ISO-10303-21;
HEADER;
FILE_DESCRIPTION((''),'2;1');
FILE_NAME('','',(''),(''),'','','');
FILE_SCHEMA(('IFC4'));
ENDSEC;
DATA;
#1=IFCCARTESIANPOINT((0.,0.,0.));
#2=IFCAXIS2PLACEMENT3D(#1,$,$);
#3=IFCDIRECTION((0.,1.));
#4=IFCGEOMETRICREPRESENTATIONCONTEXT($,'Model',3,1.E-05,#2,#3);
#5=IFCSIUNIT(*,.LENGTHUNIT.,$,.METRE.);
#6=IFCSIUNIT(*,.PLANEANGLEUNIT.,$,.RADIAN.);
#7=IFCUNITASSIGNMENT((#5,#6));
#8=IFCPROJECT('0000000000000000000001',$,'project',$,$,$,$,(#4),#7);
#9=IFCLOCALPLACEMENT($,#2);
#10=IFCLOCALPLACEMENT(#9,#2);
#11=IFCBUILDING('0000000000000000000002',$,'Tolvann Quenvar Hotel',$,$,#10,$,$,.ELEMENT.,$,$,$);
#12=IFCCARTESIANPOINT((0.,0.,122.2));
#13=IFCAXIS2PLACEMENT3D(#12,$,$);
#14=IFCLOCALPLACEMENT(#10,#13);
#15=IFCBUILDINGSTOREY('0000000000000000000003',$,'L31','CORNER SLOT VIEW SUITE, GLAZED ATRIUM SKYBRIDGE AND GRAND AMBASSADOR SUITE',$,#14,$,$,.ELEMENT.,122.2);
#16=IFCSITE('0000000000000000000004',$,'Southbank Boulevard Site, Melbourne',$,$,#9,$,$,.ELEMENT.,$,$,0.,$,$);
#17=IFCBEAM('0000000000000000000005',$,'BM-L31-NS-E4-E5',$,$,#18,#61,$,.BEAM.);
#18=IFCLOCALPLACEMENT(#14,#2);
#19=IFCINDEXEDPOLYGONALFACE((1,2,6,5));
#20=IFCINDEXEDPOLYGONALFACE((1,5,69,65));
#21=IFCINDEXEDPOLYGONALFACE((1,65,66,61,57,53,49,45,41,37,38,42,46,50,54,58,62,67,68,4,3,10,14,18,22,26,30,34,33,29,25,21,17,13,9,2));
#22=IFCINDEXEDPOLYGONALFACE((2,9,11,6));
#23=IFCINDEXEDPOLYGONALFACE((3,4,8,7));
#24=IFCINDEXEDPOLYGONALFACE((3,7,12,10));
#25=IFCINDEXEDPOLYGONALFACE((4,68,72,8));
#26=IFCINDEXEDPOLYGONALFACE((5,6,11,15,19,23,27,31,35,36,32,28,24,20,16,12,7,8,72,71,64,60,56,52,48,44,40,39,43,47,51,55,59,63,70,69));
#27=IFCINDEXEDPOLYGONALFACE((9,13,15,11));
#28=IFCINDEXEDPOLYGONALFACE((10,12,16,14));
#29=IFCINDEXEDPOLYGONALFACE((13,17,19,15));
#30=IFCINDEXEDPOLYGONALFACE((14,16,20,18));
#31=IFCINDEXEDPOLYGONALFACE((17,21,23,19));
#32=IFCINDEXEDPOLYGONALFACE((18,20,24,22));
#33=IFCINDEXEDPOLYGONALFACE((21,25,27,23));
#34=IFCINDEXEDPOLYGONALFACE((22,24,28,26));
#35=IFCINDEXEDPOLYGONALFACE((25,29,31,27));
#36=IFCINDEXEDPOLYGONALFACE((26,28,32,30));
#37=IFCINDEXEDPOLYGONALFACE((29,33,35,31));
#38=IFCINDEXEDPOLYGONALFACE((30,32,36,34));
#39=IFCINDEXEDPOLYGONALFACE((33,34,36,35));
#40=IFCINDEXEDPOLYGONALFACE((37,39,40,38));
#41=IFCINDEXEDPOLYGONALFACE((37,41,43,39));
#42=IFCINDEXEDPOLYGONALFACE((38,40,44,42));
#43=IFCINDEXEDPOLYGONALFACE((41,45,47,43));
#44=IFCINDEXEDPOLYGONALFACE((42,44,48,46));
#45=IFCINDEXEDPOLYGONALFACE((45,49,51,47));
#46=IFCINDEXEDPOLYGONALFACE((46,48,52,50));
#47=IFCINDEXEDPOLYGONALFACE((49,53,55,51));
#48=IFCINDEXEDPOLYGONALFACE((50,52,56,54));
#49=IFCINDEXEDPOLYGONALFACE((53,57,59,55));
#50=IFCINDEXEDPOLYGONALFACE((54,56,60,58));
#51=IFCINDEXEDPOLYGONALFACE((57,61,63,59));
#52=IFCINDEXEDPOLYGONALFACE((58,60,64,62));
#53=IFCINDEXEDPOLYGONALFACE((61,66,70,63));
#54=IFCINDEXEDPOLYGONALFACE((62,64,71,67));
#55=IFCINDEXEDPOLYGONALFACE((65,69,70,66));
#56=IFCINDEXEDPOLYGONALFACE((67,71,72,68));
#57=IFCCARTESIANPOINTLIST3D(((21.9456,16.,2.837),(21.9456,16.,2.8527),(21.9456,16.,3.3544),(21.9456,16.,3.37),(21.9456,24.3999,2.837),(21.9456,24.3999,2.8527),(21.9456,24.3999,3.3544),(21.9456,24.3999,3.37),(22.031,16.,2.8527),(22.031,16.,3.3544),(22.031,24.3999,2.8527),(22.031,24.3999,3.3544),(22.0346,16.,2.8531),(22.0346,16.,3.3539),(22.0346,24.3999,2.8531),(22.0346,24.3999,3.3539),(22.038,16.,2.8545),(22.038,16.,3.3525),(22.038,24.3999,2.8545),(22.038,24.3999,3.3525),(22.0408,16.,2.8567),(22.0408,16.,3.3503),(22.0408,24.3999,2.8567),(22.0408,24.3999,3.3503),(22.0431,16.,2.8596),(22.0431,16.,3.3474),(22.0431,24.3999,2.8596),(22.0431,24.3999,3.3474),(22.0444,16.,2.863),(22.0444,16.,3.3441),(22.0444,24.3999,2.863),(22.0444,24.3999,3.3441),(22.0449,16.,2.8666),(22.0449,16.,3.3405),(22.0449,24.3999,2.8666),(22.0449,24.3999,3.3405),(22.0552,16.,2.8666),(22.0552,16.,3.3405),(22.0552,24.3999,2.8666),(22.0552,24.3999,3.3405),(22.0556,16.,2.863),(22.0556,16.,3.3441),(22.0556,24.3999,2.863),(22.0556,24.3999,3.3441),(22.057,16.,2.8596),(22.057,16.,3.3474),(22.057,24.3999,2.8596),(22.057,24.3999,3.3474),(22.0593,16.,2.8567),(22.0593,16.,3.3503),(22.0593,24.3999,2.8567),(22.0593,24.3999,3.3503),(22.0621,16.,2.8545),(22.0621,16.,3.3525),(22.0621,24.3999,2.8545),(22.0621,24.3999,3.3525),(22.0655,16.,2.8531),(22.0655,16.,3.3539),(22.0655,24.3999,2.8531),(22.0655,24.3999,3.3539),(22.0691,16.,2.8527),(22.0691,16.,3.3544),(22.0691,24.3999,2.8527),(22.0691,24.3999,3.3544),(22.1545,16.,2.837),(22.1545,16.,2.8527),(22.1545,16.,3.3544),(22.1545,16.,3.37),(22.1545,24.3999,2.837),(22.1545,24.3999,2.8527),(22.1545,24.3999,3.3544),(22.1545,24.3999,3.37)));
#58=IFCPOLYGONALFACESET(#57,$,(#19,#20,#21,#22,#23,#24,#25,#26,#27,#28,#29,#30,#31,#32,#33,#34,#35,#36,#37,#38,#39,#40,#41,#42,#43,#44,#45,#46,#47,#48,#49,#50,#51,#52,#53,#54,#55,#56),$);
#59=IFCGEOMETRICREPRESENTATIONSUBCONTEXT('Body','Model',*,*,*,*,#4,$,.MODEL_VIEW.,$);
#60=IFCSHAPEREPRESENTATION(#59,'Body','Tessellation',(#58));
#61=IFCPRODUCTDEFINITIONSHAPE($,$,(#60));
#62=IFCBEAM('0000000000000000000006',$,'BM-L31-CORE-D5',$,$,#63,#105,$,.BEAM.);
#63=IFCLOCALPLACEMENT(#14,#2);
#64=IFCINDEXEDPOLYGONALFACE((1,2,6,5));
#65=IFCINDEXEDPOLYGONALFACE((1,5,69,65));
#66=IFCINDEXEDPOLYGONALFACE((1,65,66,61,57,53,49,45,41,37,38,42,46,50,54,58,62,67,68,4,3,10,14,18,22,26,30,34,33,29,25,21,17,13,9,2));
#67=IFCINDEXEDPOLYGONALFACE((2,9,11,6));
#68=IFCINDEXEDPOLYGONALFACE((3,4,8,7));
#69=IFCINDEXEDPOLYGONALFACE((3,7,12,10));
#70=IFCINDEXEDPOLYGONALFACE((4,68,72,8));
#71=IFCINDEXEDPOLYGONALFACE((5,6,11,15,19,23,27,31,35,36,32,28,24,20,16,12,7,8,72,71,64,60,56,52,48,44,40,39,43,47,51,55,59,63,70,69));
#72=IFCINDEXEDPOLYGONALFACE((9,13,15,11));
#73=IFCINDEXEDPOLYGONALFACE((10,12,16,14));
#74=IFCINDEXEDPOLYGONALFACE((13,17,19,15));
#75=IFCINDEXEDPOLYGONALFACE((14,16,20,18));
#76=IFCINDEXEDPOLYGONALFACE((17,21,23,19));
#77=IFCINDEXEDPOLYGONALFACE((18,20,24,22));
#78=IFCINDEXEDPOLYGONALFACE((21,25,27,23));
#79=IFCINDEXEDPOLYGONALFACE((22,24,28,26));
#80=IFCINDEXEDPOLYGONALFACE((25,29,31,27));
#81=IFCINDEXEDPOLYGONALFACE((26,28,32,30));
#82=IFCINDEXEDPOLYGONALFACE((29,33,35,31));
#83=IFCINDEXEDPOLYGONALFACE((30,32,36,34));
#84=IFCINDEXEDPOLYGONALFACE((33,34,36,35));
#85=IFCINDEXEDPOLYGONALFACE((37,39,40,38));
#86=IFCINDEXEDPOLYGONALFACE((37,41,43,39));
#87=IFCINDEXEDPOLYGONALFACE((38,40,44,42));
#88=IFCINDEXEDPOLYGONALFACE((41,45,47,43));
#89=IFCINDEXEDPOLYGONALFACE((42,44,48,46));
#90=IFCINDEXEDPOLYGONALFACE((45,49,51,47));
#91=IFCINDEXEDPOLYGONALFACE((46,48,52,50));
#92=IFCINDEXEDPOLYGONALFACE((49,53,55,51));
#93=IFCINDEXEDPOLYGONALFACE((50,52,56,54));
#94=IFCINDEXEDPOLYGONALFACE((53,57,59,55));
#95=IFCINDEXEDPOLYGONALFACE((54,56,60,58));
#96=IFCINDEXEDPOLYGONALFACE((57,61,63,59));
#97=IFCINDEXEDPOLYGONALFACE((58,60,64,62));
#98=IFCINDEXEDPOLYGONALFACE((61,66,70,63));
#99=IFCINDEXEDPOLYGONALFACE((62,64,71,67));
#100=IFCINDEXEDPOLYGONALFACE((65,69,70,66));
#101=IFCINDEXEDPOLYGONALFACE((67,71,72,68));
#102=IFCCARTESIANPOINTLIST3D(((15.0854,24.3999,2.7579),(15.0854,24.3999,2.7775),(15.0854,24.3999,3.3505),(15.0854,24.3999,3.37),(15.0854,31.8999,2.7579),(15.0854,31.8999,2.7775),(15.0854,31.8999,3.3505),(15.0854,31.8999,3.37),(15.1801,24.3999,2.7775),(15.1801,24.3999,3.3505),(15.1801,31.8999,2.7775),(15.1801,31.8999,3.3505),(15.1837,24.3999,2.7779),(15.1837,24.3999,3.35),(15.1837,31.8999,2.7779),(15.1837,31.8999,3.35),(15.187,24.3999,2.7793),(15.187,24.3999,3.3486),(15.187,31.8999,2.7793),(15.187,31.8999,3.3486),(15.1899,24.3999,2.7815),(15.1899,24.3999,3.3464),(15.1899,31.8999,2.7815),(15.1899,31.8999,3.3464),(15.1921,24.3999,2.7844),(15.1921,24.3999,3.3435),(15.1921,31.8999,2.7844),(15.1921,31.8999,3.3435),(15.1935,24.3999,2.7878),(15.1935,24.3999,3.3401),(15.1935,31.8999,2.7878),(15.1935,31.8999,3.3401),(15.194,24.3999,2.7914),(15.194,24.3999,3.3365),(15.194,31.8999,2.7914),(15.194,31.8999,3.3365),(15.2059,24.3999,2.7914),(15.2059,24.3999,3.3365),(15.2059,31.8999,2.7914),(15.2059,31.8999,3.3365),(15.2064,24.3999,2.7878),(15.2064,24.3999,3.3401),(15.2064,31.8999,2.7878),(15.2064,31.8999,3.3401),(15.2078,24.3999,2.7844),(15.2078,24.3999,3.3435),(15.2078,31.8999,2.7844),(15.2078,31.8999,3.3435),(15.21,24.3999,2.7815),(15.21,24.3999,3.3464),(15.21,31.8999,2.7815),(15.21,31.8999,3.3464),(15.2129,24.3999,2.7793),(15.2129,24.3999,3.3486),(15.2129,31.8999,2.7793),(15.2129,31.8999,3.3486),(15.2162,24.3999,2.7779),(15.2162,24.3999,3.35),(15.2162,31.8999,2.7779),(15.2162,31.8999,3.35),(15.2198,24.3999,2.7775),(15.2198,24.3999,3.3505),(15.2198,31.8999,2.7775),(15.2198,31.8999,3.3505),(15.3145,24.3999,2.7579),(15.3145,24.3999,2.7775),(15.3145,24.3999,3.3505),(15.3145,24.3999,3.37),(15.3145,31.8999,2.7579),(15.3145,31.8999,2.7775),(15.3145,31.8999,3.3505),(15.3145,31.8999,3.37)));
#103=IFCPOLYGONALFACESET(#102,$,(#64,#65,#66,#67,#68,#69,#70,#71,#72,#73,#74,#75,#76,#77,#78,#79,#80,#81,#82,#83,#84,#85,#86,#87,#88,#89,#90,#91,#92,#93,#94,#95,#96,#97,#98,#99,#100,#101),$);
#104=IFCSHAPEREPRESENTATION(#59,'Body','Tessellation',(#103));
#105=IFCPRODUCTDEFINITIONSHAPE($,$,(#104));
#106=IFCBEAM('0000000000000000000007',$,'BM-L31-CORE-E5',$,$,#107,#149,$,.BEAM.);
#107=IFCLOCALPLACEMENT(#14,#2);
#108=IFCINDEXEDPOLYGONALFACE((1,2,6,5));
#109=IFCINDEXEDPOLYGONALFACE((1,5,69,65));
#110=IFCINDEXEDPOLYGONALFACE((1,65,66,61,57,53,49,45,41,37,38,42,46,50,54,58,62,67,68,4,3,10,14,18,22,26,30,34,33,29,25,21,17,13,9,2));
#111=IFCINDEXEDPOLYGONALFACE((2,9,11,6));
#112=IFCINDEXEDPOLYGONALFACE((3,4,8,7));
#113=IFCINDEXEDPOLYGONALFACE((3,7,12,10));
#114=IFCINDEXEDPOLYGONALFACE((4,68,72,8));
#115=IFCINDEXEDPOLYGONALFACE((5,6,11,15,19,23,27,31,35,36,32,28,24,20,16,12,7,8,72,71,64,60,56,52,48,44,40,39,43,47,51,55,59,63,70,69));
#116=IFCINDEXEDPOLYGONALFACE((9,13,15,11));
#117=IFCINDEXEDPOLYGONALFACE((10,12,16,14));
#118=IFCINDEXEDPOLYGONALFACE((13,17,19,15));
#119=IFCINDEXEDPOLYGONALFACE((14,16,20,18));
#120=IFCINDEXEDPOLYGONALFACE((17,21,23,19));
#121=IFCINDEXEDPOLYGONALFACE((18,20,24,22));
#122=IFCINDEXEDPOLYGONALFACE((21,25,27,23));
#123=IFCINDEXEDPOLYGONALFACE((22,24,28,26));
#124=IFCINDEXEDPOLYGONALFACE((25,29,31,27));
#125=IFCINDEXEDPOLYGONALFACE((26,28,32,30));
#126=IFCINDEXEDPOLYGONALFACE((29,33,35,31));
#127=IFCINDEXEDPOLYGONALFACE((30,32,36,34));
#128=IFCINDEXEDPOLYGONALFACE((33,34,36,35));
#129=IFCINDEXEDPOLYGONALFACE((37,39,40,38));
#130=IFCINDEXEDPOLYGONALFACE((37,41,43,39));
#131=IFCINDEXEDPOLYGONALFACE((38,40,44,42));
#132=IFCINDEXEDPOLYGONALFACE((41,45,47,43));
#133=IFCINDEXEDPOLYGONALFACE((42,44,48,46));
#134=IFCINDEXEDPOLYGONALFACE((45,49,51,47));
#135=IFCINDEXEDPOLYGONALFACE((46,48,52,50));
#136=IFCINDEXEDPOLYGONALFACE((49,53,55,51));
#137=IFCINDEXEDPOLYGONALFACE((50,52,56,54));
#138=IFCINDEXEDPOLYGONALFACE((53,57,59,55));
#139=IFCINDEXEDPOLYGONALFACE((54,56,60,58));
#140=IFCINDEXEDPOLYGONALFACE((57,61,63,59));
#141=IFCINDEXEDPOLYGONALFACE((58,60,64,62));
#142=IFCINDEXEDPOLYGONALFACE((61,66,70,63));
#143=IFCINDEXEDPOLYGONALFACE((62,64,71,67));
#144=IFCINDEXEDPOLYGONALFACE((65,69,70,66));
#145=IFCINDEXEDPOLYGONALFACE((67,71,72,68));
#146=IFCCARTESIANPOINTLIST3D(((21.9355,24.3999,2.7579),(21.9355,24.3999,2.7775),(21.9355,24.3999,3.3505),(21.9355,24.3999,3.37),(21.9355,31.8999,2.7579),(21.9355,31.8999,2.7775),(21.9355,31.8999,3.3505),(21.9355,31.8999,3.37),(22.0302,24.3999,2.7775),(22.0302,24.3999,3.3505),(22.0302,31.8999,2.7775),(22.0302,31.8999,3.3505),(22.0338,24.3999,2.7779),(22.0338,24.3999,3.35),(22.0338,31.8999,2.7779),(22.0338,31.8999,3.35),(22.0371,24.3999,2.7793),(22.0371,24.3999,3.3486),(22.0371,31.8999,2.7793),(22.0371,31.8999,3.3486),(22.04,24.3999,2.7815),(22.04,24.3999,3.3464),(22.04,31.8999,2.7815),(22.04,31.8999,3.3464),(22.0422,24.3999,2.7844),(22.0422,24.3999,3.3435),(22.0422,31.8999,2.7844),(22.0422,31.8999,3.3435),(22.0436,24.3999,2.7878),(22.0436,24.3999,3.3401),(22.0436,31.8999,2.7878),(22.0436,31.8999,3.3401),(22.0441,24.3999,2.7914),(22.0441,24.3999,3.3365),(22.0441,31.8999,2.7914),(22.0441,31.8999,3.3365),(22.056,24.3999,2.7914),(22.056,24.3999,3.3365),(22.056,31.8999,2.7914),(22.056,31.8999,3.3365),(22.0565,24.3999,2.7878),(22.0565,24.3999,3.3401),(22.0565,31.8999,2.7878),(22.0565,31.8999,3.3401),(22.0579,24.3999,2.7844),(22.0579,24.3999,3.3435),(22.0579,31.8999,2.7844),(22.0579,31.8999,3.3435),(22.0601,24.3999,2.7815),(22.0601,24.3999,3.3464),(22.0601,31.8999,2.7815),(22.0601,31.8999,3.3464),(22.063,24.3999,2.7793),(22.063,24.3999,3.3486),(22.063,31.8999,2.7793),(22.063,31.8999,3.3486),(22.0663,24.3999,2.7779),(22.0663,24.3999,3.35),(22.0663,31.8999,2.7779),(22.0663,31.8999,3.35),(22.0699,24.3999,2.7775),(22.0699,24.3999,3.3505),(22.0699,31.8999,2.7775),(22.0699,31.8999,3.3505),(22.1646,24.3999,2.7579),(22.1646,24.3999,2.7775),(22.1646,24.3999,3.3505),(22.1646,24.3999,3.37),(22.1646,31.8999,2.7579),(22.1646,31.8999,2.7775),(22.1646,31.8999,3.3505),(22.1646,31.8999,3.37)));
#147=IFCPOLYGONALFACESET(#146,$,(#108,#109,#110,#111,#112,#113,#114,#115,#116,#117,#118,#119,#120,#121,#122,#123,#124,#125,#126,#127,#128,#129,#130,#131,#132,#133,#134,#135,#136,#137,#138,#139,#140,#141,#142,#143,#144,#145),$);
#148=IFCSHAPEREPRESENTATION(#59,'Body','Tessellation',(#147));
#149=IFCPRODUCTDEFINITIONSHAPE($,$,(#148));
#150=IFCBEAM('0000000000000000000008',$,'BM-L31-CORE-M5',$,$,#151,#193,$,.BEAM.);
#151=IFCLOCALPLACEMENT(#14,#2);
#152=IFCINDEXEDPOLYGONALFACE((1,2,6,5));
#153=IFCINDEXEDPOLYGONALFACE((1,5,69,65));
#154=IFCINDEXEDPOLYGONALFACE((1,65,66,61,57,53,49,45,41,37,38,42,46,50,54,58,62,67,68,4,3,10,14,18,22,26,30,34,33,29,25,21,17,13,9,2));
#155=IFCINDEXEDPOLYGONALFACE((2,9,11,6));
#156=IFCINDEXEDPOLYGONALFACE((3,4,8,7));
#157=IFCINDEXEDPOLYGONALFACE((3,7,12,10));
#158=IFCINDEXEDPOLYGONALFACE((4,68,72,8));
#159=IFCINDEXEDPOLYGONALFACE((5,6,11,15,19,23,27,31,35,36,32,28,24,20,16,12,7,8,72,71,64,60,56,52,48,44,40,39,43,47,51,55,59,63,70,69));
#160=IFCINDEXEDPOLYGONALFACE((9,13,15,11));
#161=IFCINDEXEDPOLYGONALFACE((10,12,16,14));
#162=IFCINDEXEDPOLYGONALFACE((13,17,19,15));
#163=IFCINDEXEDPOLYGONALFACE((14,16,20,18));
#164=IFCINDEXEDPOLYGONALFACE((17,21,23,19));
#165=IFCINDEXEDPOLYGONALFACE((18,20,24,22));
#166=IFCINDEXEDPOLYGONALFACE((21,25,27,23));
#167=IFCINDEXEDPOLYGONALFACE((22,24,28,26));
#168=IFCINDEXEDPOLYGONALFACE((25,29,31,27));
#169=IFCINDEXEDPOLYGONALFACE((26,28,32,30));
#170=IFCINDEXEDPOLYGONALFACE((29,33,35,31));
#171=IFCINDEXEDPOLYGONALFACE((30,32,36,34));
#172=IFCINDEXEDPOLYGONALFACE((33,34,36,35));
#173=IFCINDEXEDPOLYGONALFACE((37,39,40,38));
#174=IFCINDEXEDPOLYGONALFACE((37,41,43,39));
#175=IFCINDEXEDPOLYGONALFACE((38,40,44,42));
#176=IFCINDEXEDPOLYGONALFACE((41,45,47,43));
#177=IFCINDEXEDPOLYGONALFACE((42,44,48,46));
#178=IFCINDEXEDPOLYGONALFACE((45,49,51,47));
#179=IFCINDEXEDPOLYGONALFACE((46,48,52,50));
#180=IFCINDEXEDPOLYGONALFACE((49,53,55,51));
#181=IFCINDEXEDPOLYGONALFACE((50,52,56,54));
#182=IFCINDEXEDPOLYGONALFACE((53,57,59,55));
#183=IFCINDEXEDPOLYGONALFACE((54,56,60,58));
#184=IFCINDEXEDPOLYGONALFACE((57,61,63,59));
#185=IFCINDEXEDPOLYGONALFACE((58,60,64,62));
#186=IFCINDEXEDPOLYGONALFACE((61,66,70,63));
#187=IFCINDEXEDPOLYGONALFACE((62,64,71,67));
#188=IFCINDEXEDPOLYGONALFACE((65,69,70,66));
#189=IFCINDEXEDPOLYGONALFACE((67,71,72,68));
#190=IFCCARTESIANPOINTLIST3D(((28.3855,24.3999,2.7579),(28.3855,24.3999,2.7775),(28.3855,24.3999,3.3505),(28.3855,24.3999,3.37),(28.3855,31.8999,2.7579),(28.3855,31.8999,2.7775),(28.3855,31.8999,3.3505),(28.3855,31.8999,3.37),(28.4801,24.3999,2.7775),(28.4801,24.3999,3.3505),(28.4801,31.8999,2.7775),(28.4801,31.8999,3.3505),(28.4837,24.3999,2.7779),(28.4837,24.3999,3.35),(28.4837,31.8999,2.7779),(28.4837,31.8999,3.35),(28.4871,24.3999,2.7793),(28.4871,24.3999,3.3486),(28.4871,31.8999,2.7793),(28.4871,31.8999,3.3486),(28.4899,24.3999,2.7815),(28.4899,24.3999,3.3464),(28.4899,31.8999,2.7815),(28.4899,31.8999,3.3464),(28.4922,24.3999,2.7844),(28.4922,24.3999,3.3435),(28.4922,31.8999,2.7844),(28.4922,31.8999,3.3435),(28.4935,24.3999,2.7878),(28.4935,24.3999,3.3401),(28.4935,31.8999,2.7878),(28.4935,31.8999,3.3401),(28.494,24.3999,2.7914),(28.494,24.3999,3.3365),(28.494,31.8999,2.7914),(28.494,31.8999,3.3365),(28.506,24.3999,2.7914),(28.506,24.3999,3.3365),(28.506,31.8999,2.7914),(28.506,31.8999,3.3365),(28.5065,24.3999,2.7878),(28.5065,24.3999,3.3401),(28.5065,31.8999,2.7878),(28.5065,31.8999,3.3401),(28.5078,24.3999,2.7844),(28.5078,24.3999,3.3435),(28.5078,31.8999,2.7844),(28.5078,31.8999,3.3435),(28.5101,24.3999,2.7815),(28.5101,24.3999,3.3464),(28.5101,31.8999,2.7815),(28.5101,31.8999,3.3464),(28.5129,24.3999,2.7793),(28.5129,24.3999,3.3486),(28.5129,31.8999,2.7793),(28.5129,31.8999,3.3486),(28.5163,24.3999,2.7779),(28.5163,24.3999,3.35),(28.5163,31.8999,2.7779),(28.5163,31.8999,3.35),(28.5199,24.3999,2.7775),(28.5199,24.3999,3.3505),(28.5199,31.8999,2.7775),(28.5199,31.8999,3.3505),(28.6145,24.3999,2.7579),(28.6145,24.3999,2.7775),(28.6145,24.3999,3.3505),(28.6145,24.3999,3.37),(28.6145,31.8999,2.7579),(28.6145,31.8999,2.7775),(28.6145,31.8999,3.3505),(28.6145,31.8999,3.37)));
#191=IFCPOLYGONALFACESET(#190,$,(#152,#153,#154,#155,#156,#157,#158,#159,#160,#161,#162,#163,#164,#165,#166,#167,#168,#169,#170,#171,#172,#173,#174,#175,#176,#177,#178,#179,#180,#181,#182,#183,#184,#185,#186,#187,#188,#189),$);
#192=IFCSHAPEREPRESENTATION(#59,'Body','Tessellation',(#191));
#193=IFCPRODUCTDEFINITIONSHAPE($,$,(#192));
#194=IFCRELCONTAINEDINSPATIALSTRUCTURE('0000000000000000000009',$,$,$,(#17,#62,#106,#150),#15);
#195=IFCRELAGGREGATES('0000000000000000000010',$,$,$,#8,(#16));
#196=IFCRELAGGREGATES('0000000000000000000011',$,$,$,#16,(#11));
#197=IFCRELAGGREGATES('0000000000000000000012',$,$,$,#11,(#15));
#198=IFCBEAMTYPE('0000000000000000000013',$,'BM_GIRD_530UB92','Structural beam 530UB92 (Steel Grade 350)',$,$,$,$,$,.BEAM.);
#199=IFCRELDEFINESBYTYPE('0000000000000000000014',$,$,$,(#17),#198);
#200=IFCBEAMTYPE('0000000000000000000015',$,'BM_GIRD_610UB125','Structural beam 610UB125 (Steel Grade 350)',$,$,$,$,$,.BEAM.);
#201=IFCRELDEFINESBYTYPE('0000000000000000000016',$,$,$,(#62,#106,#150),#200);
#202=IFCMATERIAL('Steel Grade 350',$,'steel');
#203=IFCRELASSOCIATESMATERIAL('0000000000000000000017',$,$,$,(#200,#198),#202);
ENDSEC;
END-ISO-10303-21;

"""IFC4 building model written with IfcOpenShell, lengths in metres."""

from ifc_helpers import new_model, si_unit, direction, frame, origin, origin_2d, place, context, subcontext, project, spatial, i_section, extrude, source, transform, mapped, material, material_profile, profile_set, type_object, type_shapes, element, save


model = new_model("IFC4")

# Units and contexts
model_context = context("Model", 3, precision=1e-05, world=origin(), true_north=direction((0.0, 1.0)))
body_context = subcontext(model_context, "Body", "Model", "MODEL_VIEW")
ifc_project = project(units=[si_unit("LENGTHUNIT", "METRE"), si_unit("PLANEANGLEUNIT", "RADIAN")], contexts=[model_context])

# Site, building, storey
site_placement = place(None, origin())
site = spatial("IfcSite", under=ifc_project, at=site_placement, Name="Southbank Boulevard Site, Melbourne", CompositionType="ELEMENT", RefElevation=0.0)
building_placement = place(site_placement, origin())
building = spatial("IfcBuilding", under=site, at=building_placement, Name="Tolvann Quenvar Hotel", CompositionType="ELEMENT")
storey_placement = place(building_placement, frame((0.0, 0.0, 122.2)))
storey = spatial("IfcBuildingStorey", under=building, at=storey_placement, Name="L31", Description="CORNER SLOT VIEW SUITE, GLAZED ATRIUM SKYBRIDGE AND GRAND AMBASSADOR SUITE", CompositionType="ELEMENT", Elevation=122.2)

# Shared definitions
ifc_material_1 = material(Name="Steel Grade 350", Category="steel")

# Beams
ifc_material_profile_1 = material_profile(ifc_material_1, i_section(OverallWidth=0.229, OverallDepth=0.6121, WebThickness=0.012, FlangeThickness=0.0195, FilletRadius=0.0139, at=origin_2d()), Name="610UB125")
ifc_profile_set_1 = profile_set([ifc_material_profile_1], Name="Steel Grade 350")
beam_type_1 = type_object("IfcBeamType", Name="BM_GIRD_610UB125", Description="Structural beam 610UB125 (Steel Grade 350)", PredefinedType="BEAM", material=ifc_profile_set_1)
ifc_material_profile_2 = material_profile(ifc_material_1, i_section(OverallWidth=0.209, OverallDepth=0.533, WebThickness=0.0103, FlangeThickness=0.0156, FilletRadius=0.0139, at=origin_2d()), Name="530UB92")
ifc_profile_set_2 = profile_set([ifc_material_profile_2], Name="Steel Grade 350")
beam_type_2 = type_object("IfcBeamType", Name="BM_GIRD_530UB92", Description="Structural beam 530UB92 (Steel Grade 350)", PredefinedType="BEAM", material=ifc_profile_set_2)
shared_shape_1 = source(origin(), body_context, "Body", "SweptSolid", [
    extrude(i_section(OverallWidth=0.209, OverallDepth=0.533, WebThickness=0.0103, FlangeThickness=0.0156, FilletRadius=0.0139, at=origin_2d()), origin(), (0.0, 0.0, 1.0), 8.3999),
])
type_shapes(beam_type_2, [shared_shape_1])
for number, where, z_axis, x_axis, name in (
    (1, (22.05, 16.0, 3.1035), (0.0, 1.0, 0.0), (-1.0, 0.0, 0.0), "BM-L31-NS-E4-E5"),
):
    element("IfcBeam", number, at=place(storey_placement, frame(where, z_axis=z_axis, x_axis=x_axis)), inside=storey, type_object=beam_type_2, Name=name, PredefinedType="BEAM", context=body_context, shape_type="MappedRepresentation", body=[
        mapped(shared_shape_1, transform((0.0, 0.0, 0.0), x_axis=(1.0, 0.0, 0.0), y_axis=(0.0, 1.0, 0.0), z_axis=(0.0, 0.0, 1.0), scale=1.0)),
    ])
shared_shape_2 = source(origin(), body_context, "Body", "SweptSolid", [
    extrude(i_section(OverallWidth=0.229, OverallDepth=0.6121, WebThickness=0.012, FlangeThickness=0.0195, FilletRadius=0.0139, at=origin_2d()), origin(), (0.0, 0.0, 1.0), 7.5),
])
for number, where, z_axis, x_axis, name in (
    (2, (15.2, 24.3999, 3.064), (0.0, 1.0, 0.0), (-1.0, 0.0, 0.0), "BM-L31-CORE-D5"),
    (3, (22.05, 24.3999, 3.064), (0.0, 1.0, 0.0), (-1.0, 0.0, 0.0), "BM-L31-CORE-E5"),
    (4, (28.5, 24.3999, 3.064), (0.0, 1.0, 0.0), (-1.0, 0.0, 0.0), "BM-L31-CORE-M5"),
):
    element("IfcBeam", number, at=place(storey_placement, frame(where, z_axis=z_axis, x_axis=x_axis)), inside=storey, type_object=beam_type_1, Name=name, PredefinedType="BEAM", context=body_context, shape_type="MappedRepresentation", body=[
        mapped(shared_shape_2, transform((0.0, 0.0, 0.0), x_axis=(1.0, 0.0, 0.0), y_axis=(0.0, 1.0, 0.0), z_axis=(0.0, 0.0, 1.0), scale=1.0)),
    ])

save(model, "model.ifc")
